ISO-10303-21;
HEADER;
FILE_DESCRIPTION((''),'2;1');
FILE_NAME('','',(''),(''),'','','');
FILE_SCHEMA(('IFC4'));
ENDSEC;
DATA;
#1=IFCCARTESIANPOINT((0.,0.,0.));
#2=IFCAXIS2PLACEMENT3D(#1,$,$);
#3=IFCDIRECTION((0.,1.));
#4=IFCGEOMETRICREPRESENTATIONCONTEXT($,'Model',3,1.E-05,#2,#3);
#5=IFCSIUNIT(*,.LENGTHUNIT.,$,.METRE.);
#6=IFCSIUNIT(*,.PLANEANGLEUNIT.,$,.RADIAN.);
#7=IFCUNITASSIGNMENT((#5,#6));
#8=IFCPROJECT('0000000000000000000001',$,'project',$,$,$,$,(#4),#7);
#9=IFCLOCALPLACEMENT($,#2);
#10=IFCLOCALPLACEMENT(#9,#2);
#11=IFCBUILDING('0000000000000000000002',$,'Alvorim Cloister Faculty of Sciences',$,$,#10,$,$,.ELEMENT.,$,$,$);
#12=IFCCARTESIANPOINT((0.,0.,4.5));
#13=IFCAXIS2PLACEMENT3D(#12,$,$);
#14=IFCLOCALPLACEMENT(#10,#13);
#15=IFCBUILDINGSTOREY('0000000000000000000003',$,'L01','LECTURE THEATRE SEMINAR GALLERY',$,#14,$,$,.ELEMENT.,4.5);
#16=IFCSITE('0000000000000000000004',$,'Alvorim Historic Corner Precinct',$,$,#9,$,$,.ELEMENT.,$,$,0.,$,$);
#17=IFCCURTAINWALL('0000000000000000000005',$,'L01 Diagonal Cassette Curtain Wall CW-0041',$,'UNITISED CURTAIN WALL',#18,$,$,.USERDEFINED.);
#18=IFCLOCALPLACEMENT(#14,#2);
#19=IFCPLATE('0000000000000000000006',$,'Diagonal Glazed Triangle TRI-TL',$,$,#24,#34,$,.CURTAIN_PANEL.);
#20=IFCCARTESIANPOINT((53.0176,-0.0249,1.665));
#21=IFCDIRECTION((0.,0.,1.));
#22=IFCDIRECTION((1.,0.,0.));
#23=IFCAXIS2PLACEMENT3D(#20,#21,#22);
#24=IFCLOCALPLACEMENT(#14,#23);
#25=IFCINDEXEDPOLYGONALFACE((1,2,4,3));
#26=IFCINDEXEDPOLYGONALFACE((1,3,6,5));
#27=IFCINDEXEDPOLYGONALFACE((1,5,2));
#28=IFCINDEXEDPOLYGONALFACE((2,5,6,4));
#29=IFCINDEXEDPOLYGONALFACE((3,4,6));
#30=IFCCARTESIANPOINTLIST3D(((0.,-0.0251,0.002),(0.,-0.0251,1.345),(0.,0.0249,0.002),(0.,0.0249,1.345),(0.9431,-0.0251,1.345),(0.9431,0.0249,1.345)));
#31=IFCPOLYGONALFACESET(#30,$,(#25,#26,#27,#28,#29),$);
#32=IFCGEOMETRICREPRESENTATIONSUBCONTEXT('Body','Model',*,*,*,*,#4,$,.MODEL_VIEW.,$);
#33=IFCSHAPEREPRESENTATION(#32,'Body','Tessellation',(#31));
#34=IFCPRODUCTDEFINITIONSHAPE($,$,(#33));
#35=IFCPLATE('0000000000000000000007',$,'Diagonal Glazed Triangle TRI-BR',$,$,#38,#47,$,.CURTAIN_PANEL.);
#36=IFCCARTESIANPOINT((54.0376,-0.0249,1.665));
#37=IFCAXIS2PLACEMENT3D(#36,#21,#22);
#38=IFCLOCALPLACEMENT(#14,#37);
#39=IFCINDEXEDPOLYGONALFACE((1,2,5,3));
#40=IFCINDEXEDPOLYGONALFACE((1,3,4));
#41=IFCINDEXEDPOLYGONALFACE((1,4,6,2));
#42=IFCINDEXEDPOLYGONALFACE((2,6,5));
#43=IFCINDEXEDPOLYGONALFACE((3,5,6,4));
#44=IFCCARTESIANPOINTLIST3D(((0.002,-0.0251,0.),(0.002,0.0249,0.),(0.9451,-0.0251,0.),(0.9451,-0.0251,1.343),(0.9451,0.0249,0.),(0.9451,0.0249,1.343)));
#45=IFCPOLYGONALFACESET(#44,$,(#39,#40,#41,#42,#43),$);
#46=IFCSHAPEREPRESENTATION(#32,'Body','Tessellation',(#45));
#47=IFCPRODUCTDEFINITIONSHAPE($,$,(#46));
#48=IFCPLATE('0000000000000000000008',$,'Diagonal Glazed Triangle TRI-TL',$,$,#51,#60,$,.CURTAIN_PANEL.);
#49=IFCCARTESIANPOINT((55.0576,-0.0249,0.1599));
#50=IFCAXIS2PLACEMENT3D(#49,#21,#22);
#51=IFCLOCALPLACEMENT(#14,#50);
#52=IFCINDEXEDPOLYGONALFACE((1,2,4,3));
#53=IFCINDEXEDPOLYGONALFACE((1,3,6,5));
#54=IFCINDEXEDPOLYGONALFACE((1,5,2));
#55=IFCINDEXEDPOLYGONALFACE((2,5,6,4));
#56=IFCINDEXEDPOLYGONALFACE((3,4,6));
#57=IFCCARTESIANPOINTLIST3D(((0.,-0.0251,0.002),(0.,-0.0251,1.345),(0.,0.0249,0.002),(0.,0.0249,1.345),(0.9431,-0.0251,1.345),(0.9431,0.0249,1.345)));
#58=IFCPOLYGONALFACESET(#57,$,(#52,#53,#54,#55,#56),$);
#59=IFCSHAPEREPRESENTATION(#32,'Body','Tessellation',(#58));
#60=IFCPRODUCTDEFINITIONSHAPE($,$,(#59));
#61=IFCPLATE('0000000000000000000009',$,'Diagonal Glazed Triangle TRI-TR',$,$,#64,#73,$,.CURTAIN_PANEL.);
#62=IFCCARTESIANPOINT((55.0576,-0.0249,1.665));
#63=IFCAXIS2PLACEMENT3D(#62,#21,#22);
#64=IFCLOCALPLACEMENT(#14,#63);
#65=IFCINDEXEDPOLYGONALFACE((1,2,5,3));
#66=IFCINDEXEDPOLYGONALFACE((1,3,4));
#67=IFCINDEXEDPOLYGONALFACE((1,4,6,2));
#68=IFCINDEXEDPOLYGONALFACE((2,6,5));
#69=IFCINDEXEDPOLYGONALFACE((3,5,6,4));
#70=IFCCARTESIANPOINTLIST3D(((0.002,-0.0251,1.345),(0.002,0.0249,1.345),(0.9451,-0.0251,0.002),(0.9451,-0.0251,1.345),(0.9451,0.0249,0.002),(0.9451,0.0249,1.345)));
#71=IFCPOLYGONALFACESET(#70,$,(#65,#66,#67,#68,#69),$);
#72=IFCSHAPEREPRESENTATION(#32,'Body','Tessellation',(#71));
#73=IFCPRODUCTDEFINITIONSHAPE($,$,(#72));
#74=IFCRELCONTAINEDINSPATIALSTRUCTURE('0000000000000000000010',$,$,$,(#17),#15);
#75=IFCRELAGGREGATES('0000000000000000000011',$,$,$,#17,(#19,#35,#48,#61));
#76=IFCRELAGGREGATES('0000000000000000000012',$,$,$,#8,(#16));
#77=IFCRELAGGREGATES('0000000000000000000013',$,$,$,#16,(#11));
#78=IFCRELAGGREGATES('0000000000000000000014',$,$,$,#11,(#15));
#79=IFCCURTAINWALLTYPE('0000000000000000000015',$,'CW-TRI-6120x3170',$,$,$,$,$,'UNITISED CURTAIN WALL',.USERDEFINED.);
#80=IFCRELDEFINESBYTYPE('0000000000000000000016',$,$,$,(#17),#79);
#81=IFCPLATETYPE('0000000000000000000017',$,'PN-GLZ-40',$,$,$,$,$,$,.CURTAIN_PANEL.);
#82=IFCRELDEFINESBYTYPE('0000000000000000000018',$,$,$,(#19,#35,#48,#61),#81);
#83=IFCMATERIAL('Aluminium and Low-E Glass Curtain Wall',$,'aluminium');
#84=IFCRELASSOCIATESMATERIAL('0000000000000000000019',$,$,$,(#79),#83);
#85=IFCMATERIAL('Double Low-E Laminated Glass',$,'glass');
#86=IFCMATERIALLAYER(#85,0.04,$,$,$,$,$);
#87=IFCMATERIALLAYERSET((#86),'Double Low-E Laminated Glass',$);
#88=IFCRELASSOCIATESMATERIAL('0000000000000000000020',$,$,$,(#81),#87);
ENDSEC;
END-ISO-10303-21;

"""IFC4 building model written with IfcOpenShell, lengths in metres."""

from ifc_helpers import new_model, si_unit, direction, frame, origin, place, context, subcontext, project, spatial, polyline, outline, extrude, material, layer, layer_set, type_object, element, aggregate, save


model = new_model("IFC4")

# Units and contexts
model_context = context("Model", 3, precision=1e-05, world=origin(), true_north=direction((0.0, 1.0)))
body_context = subcontext(model_context, "Body", "Model", "MODEL_VIEW")
ifc_project = project(units=[si_unit("LENGTHUNIT", "METRE"), si_unit("PLANEANGLEUNIT", "RADIAN")], contexts=[model_context])

# Site, building, storey
site_placement = place(None, origin())
site = spatial("IfcSite", under=ifc_project, at=site_placement, Name="Alvorim Historic Corner Precinct", CompositionType="ELEMENT", RefElevation=0.0)
building_placement = place(site_placement, origin())
building = spatial("IfcBuilding", under=site, at=building_placement, Name="Alvorim Cloister Faculty of Sciences", CompositionType="ELEMENT")
storey_placement = place(building_placement, frame((0.0, 0.0, 4.5)))
storey = spatial("IfcBuildingStorey", under=building, at=storey_placement, Name="L01", Description="LECTURE THEATRE SEMINAR GALLERY", CompositionType="ELEMENT", Elevation=4.5)

# Curtain wall, plates
ifc_material_1 = material(Name="Aluminium and Low-E Glass Curtain Wall", Category="aluminium")
curtain_wall_type = type_object("IfcCurtainWallType", Name="CW-TRI-6120x3170", ElementType="UNITISED CURTAIN WALL", PredefinedType="USERDEFINED", material=ifc_material_1)
curtain_wall_placement = place(storey_placement, origin())
curtain_wall = element("IfcCurtainWall", 1, at=curtain_wall_placement, inside=storey, type_object=curtain_wall_type, Name="L01 Diagonal Cassette Curtain Wall CW-0041", ObjectType="UNITISED CURTAIN WALL", PredefinedType="USERDEFINED")
ifc_material_2 = material(Name="Double Low-E Laminated Glass", Category="glass")
ifc_layer = layer(ifc_material_2, 0.04)
ifc_layer_set = layer_set([ifc_layer], Name="Double Low-E Laminated Glass")
plate_type = type_object("IfcPlateType", Name="PN-GLZ-40", PredefinedType="CURTAIN_PANEL", material=ifc_layer_set)
plate_1_placement = place(storey_placement, frame((53.0176, -0.0249, 1.665), z_axis=(0.0, 0.0, 1.0), x_axis=(1.0, 0.0, 0.0)))
plate_1 = element("IfcPlate", 2, at=plate_1_placement, type_object=plate_type, Name="Diagonal Glazed Triangle TRI-TL", PredefinedType="CURTAIN_PANEL", context=body_context, shape_type="SweptSolid", body=[
    extrude(outline(polyline([(0.9431, 1.345), (0.0, 1.345), (0.0, 0.002), (0.9431, 1.345)])), frame((0.0, 0.0249, 0.0), z_axis=(0.0, -1.0, 0.0), x_axis=(1.0, 0.0, 0.0)), (0.0, 0.0, 1.0), 0.05),
])
plate_2_placement = place(storey_placement, frame((54.0376, -0.0249, 1.665), z_axis=(0.0, 0.0, 1.0), x_axis=(1.0, 0.0, 0.0)))
plate_2 = element("IfcPlate", 3, at=plate_2_placement, type_object=plate_type, Name="Diagonal Glazed Triangle TRI-BR", PredefinedType="CURTAIN_PANEL", context=body_context, shape_type="SweptSolid", body=[
    extrude(outline(polyline([(0.002, 0.0), (0.9451, 0.0), (0.9451, 1.343), (0.002, 0.0)])), frame((0.0, 0.0249, 0.0), z_axis=(0.0, -1.0, 0.0), x_axis=(1.0, 0.0, 0.0)), (0.0, 0.0, 1.0), 0.05),
])
plate_3_placement = place(storey_placement, frame((55.0576, -0.0249, 0.1599), z_axis=(0.0, 0.0, 1.0), x_axis=(1.0, 0.0, 0.0)))
plate_3 = element("IfcPlate", 4, at=plate_3_placement, type_object=plate_type, Name="Diagonal Glazed Triangle TRI-TL", PredefinedType="CURTAIN_PANEL", context=body_context, shape_type="SweptSolid", body=[
    extrude(outline(polyline([(0.9431, 1.345), (0.0, 1.345), (0.0, 0.002), (0.9431, 1.345)])), frame((0.0, 0.0249, 0.0), z_axis=(0.0, -1.0, 0.0), x_axis=(1.0, 0.0, 0.0)), (0.0, 0.0, 1.0), 0.05),
])
plate_4_placement = place(storey_placement, frame((55.0576, -0.0249, 1.665), z_axis=(0.0, 0.0, 1.0), x_axis=(1.0, 0.0, 0.0)))
plate_4 = element("IfcPlate", 5, at=plate_4_placement, type_object=plate_type, Name="Diagonal Glazed Triangle TRI-TR", PredefinedType="CURTAIN_PANEL", context=body_context, shape_type="SweptSolid", body=[
    extrude(outline(polyline([(0.9451, 0.002), (0.9451, 1.345), (0.002, 1.345), (0.9451, 0.002)])), frame((0.0, 0.0249, 0.0), z_axis=(0.0, -1.0, 0.0), x_axis=(1.0, 0.0, 0.0)), (0.0, 0.0, 1.0), 0.05),
])
aggregate(curtain_wall, [plate_1, plate_2, plate_3, plate_4])

save(model, "model.ifc")
